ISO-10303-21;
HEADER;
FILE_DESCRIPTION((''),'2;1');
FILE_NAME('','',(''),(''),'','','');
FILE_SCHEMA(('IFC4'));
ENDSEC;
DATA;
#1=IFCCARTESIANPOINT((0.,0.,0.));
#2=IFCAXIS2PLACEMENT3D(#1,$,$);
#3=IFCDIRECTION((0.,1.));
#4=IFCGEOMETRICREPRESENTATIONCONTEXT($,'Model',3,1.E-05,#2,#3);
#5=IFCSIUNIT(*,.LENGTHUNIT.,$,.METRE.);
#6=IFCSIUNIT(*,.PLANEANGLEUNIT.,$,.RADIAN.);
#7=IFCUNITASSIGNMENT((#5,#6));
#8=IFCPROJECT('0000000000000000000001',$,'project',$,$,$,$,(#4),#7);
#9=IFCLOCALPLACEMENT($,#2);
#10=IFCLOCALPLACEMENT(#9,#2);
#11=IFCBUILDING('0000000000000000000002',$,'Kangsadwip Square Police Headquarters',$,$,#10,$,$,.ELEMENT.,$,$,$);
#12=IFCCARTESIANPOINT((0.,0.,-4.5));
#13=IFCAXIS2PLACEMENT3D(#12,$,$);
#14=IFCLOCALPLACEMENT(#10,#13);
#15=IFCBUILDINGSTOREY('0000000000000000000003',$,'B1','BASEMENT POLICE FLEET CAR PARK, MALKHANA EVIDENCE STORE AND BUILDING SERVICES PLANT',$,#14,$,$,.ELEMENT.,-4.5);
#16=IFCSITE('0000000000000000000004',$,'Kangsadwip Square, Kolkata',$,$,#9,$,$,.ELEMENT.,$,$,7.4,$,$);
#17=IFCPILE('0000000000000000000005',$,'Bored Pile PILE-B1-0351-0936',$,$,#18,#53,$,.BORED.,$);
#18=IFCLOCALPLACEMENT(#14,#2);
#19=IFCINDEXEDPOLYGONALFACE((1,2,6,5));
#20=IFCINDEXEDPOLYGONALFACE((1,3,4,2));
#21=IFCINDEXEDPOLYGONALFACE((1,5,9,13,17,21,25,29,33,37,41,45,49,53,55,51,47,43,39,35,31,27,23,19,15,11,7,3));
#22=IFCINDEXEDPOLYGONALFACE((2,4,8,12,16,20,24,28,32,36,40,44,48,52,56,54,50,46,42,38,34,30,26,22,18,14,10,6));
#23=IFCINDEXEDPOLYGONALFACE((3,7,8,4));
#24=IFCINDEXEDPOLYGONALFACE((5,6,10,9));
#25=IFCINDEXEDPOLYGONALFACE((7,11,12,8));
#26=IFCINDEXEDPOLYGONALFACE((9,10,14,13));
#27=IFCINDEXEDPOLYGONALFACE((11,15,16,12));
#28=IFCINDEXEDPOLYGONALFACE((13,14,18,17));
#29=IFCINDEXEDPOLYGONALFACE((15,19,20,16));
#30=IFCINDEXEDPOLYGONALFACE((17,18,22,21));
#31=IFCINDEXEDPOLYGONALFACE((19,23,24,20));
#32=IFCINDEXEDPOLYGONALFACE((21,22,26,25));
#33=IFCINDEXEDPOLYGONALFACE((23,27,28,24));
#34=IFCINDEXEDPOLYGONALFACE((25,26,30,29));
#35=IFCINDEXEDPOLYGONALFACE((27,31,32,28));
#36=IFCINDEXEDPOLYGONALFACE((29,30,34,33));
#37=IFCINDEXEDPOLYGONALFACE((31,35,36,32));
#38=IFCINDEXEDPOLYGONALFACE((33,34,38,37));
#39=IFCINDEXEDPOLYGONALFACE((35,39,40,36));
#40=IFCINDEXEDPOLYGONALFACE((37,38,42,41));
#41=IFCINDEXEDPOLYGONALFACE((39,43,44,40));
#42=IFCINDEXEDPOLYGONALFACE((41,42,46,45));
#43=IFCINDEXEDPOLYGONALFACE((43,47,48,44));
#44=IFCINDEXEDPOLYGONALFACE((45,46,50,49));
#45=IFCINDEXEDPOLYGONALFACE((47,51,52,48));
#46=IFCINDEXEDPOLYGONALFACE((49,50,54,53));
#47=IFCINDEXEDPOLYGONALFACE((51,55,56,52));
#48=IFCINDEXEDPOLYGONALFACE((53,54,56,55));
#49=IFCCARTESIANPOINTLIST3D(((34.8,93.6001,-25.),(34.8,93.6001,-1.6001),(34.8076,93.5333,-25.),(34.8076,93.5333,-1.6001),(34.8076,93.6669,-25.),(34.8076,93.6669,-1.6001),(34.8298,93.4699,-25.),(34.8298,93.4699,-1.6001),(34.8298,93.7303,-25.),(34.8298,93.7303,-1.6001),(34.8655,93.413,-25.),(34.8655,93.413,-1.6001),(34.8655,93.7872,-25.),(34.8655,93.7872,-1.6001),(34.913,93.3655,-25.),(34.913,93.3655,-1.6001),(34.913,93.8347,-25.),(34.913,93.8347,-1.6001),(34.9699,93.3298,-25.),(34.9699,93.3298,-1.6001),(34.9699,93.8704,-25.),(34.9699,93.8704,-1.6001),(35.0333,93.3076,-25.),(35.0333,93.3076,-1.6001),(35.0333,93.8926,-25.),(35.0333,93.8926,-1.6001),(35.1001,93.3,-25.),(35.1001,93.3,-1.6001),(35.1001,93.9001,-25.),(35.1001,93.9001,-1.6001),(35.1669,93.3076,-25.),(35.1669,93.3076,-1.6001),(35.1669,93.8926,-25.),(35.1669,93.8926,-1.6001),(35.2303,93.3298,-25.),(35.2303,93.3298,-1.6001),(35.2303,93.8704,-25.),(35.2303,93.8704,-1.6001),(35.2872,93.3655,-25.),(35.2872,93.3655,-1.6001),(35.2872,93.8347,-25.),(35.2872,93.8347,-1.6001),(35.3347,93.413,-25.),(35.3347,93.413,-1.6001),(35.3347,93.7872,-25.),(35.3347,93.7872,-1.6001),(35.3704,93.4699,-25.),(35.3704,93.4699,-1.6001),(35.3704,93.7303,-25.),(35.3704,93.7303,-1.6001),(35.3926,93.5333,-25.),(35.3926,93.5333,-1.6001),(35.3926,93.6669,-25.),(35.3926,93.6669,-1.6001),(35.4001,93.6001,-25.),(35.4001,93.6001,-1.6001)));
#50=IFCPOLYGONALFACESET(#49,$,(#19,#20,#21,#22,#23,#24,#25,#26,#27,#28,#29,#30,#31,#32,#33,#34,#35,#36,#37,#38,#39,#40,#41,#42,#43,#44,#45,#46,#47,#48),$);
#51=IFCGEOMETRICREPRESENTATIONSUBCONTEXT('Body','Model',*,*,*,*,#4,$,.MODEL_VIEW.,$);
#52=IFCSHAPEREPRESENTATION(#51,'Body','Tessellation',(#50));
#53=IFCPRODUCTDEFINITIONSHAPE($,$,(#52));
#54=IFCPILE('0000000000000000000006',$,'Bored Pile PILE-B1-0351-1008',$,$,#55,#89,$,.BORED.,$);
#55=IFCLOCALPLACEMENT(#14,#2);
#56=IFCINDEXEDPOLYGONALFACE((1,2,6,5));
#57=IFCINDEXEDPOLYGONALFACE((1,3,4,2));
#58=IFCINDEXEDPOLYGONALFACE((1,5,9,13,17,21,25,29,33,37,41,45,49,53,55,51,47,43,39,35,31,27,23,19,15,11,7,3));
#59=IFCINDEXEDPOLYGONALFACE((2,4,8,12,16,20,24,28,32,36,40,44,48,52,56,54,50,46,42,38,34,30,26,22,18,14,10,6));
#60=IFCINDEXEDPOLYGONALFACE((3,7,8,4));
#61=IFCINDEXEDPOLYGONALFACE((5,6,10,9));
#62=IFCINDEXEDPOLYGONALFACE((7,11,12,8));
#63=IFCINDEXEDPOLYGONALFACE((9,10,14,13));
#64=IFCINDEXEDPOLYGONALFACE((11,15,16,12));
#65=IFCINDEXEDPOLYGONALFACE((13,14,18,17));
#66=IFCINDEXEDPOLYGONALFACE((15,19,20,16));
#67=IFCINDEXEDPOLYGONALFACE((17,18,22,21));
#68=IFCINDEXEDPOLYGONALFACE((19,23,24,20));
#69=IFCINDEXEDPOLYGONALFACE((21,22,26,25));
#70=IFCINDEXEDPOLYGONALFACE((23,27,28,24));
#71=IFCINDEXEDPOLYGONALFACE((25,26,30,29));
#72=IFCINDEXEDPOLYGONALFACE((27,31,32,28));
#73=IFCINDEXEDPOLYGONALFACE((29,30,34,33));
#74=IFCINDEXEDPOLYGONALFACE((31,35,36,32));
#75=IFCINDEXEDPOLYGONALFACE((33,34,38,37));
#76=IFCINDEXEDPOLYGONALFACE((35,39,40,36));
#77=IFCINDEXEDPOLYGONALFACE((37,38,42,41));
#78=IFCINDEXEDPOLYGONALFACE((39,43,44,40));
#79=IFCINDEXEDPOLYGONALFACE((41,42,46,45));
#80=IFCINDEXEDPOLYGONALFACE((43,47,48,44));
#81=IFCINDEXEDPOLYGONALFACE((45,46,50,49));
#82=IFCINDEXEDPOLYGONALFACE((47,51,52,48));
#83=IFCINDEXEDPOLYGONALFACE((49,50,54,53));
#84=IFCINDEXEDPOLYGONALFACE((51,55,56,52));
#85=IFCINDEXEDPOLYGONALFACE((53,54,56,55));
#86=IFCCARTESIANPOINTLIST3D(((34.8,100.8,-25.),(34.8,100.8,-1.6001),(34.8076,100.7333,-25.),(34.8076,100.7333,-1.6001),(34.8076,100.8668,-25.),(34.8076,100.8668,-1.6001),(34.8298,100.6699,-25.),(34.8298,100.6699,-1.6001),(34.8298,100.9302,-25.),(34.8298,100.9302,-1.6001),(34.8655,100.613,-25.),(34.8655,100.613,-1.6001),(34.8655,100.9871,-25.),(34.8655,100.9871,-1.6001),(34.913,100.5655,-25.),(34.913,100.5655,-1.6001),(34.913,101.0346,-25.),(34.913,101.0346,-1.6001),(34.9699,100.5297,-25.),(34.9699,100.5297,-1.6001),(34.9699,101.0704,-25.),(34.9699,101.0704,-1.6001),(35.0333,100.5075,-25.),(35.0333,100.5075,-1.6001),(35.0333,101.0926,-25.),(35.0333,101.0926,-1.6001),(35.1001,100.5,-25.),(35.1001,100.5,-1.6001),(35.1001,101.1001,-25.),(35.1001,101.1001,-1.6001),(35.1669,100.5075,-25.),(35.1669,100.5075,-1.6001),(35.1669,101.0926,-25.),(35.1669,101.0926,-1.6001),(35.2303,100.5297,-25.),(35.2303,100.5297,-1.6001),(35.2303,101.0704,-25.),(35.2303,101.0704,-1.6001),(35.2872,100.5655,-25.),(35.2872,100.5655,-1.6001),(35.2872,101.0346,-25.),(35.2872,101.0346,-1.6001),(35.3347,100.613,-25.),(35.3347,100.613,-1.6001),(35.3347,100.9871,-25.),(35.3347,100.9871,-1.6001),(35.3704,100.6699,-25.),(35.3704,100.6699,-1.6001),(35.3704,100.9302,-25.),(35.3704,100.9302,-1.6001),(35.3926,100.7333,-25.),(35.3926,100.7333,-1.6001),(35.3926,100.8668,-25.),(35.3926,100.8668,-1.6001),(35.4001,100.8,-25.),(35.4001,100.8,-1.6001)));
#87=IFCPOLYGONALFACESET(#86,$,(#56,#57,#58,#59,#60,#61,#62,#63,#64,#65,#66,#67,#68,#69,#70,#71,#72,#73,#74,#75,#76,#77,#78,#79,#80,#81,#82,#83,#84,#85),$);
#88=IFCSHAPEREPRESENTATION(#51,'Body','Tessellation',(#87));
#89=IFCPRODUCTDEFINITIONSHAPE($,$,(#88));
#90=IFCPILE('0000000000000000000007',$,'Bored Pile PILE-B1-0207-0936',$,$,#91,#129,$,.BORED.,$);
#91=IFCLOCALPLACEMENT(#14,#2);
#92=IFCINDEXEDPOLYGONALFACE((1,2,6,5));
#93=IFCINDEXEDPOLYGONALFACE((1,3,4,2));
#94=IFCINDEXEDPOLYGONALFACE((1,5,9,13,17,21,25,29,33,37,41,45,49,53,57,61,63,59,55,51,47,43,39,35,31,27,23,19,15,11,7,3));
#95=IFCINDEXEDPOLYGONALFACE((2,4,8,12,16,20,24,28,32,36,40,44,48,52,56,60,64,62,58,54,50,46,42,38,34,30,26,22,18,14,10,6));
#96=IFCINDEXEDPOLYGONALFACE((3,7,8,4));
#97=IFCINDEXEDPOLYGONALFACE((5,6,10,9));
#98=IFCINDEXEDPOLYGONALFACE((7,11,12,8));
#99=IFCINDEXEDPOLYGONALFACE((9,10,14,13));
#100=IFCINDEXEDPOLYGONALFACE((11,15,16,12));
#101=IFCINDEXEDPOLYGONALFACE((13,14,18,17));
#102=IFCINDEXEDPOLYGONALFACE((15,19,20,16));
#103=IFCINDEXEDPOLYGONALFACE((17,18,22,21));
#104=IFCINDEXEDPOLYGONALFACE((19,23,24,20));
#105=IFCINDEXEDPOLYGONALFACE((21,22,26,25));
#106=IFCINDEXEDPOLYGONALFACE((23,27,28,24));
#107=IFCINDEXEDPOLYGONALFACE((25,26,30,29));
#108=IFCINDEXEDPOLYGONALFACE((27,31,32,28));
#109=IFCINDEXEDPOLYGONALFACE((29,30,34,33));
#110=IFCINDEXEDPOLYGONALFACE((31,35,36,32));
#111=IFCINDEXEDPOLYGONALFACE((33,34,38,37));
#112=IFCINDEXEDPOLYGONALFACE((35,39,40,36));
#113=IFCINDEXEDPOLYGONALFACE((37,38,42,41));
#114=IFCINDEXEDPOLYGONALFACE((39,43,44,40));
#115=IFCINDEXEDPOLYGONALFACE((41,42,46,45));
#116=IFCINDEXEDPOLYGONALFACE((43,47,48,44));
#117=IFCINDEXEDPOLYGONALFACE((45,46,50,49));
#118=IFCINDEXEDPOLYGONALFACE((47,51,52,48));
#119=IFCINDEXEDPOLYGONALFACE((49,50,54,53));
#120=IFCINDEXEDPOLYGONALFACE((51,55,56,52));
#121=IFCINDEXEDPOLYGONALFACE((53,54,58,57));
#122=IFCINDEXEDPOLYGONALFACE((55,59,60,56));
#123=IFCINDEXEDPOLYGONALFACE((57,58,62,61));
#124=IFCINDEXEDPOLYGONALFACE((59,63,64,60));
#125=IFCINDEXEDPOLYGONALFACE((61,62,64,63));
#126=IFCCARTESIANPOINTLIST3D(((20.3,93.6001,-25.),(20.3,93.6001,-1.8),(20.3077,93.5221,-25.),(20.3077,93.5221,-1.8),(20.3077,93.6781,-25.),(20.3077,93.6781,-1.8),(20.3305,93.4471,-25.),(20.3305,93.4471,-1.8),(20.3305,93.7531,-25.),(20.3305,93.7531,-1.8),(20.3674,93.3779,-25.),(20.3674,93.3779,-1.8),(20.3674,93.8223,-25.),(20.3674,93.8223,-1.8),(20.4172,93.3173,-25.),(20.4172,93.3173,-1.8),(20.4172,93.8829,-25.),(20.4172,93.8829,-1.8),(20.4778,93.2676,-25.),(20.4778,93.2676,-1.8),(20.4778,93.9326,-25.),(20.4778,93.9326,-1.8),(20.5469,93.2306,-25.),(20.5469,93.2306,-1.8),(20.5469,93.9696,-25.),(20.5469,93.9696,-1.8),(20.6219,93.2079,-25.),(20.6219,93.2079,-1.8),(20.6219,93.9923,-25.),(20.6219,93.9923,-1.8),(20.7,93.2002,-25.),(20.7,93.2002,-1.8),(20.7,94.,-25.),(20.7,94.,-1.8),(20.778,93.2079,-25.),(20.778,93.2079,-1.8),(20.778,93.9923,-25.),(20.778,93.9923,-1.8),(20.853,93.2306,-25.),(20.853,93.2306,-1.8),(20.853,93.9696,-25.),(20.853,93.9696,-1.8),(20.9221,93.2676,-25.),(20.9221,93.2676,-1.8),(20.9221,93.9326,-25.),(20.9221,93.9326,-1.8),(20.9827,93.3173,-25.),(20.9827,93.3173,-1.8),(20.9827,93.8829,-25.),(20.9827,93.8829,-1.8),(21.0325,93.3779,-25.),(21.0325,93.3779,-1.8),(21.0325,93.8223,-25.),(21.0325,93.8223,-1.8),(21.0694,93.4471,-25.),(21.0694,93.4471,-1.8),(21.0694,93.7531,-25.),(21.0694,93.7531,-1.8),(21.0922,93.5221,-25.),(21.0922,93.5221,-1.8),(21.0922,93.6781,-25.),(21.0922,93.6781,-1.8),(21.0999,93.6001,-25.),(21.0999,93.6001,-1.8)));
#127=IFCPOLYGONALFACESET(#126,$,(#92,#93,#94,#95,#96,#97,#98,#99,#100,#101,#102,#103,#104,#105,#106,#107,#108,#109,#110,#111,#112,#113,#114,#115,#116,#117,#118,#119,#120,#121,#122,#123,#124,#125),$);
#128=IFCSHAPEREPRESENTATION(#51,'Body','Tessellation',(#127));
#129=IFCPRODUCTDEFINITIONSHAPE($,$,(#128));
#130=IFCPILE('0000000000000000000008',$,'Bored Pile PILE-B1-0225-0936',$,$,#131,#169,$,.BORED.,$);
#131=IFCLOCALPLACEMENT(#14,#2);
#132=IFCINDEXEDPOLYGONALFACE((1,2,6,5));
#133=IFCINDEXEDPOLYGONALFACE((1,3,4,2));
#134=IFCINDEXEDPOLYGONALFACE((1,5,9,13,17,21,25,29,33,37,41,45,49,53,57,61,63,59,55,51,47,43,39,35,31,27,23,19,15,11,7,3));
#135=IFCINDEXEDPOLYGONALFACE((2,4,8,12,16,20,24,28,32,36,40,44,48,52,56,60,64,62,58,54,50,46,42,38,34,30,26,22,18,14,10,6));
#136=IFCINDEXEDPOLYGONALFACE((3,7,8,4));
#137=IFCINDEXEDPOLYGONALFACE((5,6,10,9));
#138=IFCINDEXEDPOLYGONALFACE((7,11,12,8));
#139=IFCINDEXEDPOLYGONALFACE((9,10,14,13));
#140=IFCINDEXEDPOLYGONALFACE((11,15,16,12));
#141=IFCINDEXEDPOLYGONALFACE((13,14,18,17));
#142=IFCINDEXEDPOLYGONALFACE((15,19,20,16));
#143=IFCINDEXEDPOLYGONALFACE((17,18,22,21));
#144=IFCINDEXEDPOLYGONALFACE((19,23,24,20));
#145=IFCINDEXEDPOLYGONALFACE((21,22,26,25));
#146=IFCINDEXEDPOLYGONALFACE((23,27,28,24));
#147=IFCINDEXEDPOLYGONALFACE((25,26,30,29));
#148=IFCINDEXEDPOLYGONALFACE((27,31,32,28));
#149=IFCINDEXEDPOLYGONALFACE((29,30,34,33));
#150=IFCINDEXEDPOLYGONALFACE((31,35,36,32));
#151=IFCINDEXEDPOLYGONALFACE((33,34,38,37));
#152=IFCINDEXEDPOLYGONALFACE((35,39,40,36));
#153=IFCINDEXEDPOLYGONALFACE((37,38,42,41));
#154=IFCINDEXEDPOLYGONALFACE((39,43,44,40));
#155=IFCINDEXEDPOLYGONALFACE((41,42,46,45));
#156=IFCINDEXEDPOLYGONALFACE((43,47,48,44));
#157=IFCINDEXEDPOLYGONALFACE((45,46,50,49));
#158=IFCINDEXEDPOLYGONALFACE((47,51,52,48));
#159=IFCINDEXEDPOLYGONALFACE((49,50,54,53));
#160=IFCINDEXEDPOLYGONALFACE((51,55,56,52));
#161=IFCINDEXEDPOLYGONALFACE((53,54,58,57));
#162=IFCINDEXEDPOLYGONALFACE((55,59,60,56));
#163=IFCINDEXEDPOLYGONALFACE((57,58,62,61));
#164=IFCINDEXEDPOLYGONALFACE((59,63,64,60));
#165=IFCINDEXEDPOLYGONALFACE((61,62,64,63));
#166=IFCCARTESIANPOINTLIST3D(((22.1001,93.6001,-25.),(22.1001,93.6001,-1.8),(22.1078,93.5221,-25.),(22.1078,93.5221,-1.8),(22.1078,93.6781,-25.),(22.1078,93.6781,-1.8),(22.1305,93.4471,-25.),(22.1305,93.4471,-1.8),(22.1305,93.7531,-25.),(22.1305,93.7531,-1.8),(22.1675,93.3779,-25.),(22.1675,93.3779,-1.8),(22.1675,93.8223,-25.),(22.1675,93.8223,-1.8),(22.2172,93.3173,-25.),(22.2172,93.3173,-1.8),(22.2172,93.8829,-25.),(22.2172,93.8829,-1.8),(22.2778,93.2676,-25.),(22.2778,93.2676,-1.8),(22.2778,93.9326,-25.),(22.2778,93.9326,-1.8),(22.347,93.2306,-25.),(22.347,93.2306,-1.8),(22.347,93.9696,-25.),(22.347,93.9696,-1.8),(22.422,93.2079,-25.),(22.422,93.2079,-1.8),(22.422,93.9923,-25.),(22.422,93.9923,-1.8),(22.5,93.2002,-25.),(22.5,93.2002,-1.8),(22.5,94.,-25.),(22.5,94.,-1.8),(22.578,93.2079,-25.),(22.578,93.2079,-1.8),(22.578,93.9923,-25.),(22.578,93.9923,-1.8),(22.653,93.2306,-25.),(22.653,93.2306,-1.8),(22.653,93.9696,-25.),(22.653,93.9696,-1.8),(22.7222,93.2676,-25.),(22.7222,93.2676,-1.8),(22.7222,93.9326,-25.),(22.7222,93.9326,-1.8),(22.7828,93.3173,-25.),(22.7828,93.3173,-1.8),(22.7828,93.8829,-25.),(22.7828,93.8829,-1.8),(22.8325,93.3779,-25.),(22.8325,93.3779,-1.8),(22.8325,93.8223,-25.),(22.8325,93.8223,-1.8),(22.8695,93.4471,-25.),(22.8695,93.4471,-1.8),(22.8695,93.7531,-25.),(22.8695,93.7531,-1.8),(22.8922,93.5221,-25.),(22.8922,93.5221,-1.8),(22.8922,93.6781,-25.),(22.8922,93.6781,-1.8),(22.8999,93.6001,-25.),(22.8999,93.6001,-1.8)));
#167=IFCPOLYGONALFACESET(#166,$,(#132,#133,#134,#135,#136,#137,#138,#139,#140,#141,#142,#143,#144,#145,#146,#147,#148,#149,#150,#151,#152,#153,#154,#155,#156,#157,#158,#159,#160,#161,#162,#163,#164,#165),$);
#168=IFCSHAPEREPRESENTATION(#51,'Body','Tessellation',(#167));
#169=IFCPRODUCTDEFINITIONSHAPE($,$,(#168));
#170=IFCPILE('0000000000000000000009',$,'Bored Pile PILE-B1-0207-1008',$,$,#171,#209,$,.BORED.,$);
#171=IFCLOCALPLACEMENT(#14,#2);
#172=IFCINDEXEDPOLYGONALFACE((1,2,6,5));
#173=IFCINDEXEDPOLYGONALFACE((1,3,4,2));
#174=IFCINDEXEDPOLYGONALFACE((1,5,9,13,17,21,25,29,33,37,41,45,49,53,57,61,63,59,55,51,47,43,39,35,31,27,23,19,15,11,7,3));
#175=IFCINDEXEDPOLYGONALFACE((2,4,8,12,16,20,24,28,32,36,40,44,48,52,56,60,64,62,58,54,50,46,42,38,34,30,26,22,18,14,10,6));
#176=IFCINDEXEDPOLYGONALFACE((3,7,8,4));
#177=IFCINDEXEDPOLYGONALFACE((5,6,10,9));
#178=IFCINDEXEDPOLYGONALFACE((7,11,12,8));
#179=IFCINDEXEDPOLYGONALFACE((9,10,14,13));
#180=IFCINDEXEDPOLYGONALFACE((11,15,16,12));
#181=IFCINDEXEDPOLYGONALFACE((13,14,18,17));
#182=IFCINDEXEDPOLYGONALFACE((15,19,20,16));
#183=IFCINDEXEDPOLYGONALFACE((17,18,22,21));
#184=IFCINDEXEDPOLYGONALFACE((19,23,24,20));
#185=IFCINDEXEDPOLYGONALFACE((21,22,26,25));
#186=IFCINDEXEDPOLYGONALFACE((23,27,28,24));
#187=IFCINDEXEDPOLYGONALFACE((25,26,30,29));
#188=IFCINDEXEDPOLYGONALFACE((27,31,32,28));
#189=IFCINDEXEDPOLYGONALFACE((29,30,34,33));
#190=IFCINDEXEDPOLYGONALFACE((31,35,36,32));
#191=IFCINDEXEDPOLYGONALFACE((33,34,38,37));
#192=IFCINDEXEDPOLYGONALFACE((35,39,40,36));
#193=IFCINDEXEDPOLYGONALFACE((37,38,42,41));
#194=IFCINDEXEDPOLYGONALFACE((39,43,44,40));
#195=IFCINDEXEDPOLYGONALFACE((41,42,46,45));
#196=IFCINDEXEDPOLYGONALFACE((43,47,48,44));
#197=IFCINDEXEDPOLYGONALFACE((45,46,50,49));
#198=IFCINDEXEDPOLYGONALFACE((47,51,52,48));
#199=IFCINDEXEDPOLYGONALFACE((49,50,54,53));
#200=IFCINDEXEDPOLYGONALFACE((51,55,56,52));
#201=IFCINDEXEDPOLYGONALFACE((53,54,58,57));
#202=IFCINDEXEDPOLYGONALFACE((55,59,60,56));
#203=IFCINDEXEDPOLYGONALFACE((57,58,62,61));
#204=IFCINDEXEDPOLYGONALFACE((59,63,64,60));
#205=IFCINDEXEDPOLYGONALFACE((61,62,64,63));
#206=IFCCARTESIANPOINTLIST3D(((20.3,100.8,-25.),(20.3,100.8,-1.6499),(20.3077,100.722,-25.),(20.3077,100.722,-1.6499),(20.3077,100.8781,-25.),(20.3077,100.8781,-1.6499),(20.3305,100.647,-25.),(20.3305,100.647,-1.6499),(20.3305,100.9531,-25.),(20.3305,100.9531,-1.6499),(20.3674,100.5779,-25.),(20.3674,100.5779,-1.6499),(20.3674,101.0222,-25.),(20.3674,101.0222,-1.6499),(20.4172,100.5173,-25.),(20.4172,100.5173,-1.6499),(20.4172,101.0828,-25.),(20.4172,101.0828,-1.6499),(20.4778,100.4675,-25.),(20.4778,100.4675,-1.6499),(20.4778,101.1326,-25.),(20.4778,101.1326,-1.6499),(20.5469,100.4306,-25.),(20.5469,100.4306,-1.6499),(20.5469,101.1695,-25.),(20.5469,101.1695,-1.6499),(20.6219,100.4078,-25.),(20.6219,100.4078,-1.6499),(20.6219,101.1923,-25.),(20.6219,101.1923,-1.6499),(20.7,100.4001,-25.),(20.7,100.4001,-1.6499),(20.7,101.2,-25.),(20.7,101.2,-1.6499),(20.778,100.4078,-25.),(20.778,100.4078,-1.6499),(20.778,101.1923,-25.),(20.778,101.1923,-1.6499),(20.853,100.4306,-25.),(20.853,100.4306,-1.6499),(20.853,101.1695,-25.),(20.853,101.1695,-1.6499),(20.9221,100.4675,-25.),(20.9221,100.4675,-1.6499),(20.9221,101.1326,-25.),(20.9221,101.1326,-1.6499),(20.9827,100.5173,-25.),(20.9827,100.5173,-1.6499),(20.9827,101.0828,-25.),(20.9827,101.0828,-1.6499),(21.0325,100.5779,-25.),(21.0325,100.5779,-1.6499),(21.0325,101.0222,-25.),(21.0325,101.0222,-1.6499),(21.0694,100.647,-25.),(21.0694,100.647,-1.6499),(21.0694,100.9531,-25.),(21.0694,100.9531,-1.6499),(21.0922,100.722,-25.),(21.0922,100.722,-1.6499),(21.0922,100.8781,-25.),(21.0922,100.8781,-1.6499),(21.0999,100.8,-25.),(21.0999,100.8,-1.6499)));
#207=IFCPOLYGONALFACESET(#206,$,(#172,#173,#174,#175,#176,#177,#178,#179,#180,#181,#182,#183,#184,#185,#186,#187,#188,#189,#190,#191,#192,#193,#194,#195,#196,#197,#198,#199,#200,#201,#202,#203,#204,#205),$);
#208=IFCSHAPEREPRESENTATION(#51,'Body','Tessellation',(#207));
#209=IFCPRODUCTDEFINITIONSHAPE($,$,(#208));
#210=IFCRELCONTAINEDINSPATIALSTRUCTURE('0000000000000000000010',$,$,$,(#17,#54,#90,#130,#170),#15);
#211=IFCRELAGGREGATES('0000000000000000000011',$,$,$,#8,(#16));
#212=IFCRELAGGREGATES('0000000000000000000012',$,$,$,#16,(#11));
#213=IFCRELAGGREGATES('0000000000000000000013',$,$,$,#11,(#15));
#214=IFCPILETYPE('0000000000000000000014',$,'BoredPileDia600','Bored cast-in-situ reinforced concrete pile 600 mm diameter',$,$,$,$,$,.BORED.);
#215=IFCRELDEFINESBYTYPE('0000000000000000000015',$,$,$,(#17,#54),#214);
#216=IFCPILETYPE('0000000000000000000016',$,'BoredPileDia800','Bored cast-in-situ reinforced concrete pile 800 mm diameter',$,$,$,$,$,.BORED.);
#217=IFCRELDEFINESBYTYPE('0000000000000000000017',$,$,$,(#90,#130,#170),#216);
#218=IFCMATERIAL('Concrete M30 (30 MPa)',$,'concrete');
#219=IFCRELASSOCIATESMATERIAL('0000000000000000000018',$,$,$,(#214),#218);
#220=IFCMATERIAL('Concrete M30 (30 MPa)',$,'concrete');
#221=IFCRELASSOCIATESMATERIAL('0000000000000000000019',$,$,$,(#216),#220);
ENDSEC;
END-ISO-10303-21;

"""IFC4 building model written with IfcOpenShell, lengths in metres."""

from ifc_helpers import new_model, si_unit, direction, frame, origin, origin_2d, place, context, subcontext, project, spatial, circle, extrude, material, material_profile, profile_set, type_object, element, save


model = new_model("IFC4")

# Units and contexts
model_context = context("Model", 3, precision=1e-05, world=origin(), true_north=direction((0.0, 1.0)))
body_context = subcontext(model_context, "Body", "Model", "MODEL_VIEW")
ifc_project = project(units=[si_unit("LENGTHUNIT", "METRE"), si_unit("PLANEANGLEUNIT", "RADIAN")], contexts=[model_context])

# Site, building, storey
site_placement = place(None, origin())
site = spatial("IfcSite", under=ifc_project, at=site_placement, Name="Kangsadwip Square, Kolkata", CompositionType="ELEMENT", RefElevation=7.4)
building_placement = place(site_placement, origin())
building = spatial("IfcBuilding", under=site, at=building_placement, Name="Kangsadwip Square Police Headquarters", CompositionType="ELEMENT")
storey_placement = place(building_placement, frame((0.0, 0.0, -4.5)))
storey = spatial("IfcBuildingStorey", under=building, at=storey_placement, Name="B1", Description="BASEMENT POLICE FLEET CAR PARK, MALKHANA EVIDENCE STORE AND BUILDING SERVICES PLANT", CompositionType="ELEMENT", Elevation=-4.5)

# Piles
ifc_material_1 = material(Name="Concrete M30 (30 MPa)", Category="concrete")
ifc_material_profile_1 = material_profile(ifc_material_1, circle(Radius=0.3, at=origin_2d()), Name="PILE DIA 600")
ifc_profile_set_1 = profile_set([ifc_material_profile_1], Name="Concrete M30 (30 MPa)")
pile_type_1 = type_object("IfcPileType", Name="BoredPileDia600", Description="Bored cast-in-situ reinforced concrete pile 600 mm diameter", PredefinedType="BORED", material=ifc_profile_set_1)
for number, where, z_axis, x_axis, name in (
    (1, (35.1001, 93.6001, -1.6001), (0.0, 0.0, -1.0), (1.0, 0.0, 0.0), "Bored Pile PILE-B1-0351-0936"),
    (2, (35.1001, 100.8, -1.6001), (0.0, 0.0, -1.0), (1.0, 0.0, 0.0), "Bored Pile PILE-B1-0351-1008"),
):
    element("IfcPile", number, at=place(storey_placement, frame(where, z_axis=z_axis, x_axis=x_axis)), inside=storey, type_object=pile_type_1, Name=name, PredefinedType="BORED", context=body_context, shape_type="SweptSolid", body=[
        extrude(circle(Radius=0.3, at=origin_2d()), origin(), (0.0, 0.0, 1.0), 23.3999),
    ])
ifc_material_2 = material(Name="Concrete M30 (30 MPa)", Category="concrete")
ifc_material_profile_2 = material_profile(ifc_material_2, circle(Radius=0.3999, at=origin_2d()), Name="PILE DIA 800")
ifc_profile_set_2 = profile_set([ifc_material_profile_2], Name="Concrete M30 (30 MPa)")
pile_type_2 = type_object("IfcPileType", Name="BoredPileDia800", Description="Bored cast-in-situ reinforced concrete pile 800 mm diameter", PredefinedType="BORED", material=ifc_profile_set_2)
for number, where, z_axis, x_axis, name in (
    (3, (20.7, 93.6001, -1.8), (0.0, 0.0, -1.0), (1.0, 0.0, 0.0), "Bored Pile PILE-B1-0207-0936"),
    (4, (22.5, 93.6001, -1.8), (0.0, 0.0, -1.0), (1.0, 0.0, 0.0), "Bored Pile PILE-B1-0225-0936"),
):
    element("IfcPile", number, at=place(storey_placement, frame(where, z_axis=z_axis, x_axis=x_axis)), inside=storey, type_object=pile_type_2, Name=name, PredefinedType="BORED", context=body_context, shape_type="SweptSolid", body=[
        extrude(circle(Radius=0.3999, at=origin_2d()), origin(), (0.0, 0.0, 1.0), 23.2),
    ])
for number, where, z_axis, x_axis, name in (
    (5, (20.7, 100.8, -1.6499), (0.0, 0.0, -1.0), (1.0, 0.0, 0.0), "Bored Pile PILE-B1-0207-1008"),
):
    element("IfcPile", number, at=place(storey_placement, frame(where, z_axis=z_axis, x_axis=x_axis)), inside=storey, type_object=pile_type_2, Name=name, PredefinedType="BORED", context=body_context, shape_type="SweptSolid", body=[
        extrude(circle(Radius=0.3999, at=origin_2d()), origin(), (0.0, 0.0, 1.0), 23.3501),
    ])

save(model, "model.ifc")
